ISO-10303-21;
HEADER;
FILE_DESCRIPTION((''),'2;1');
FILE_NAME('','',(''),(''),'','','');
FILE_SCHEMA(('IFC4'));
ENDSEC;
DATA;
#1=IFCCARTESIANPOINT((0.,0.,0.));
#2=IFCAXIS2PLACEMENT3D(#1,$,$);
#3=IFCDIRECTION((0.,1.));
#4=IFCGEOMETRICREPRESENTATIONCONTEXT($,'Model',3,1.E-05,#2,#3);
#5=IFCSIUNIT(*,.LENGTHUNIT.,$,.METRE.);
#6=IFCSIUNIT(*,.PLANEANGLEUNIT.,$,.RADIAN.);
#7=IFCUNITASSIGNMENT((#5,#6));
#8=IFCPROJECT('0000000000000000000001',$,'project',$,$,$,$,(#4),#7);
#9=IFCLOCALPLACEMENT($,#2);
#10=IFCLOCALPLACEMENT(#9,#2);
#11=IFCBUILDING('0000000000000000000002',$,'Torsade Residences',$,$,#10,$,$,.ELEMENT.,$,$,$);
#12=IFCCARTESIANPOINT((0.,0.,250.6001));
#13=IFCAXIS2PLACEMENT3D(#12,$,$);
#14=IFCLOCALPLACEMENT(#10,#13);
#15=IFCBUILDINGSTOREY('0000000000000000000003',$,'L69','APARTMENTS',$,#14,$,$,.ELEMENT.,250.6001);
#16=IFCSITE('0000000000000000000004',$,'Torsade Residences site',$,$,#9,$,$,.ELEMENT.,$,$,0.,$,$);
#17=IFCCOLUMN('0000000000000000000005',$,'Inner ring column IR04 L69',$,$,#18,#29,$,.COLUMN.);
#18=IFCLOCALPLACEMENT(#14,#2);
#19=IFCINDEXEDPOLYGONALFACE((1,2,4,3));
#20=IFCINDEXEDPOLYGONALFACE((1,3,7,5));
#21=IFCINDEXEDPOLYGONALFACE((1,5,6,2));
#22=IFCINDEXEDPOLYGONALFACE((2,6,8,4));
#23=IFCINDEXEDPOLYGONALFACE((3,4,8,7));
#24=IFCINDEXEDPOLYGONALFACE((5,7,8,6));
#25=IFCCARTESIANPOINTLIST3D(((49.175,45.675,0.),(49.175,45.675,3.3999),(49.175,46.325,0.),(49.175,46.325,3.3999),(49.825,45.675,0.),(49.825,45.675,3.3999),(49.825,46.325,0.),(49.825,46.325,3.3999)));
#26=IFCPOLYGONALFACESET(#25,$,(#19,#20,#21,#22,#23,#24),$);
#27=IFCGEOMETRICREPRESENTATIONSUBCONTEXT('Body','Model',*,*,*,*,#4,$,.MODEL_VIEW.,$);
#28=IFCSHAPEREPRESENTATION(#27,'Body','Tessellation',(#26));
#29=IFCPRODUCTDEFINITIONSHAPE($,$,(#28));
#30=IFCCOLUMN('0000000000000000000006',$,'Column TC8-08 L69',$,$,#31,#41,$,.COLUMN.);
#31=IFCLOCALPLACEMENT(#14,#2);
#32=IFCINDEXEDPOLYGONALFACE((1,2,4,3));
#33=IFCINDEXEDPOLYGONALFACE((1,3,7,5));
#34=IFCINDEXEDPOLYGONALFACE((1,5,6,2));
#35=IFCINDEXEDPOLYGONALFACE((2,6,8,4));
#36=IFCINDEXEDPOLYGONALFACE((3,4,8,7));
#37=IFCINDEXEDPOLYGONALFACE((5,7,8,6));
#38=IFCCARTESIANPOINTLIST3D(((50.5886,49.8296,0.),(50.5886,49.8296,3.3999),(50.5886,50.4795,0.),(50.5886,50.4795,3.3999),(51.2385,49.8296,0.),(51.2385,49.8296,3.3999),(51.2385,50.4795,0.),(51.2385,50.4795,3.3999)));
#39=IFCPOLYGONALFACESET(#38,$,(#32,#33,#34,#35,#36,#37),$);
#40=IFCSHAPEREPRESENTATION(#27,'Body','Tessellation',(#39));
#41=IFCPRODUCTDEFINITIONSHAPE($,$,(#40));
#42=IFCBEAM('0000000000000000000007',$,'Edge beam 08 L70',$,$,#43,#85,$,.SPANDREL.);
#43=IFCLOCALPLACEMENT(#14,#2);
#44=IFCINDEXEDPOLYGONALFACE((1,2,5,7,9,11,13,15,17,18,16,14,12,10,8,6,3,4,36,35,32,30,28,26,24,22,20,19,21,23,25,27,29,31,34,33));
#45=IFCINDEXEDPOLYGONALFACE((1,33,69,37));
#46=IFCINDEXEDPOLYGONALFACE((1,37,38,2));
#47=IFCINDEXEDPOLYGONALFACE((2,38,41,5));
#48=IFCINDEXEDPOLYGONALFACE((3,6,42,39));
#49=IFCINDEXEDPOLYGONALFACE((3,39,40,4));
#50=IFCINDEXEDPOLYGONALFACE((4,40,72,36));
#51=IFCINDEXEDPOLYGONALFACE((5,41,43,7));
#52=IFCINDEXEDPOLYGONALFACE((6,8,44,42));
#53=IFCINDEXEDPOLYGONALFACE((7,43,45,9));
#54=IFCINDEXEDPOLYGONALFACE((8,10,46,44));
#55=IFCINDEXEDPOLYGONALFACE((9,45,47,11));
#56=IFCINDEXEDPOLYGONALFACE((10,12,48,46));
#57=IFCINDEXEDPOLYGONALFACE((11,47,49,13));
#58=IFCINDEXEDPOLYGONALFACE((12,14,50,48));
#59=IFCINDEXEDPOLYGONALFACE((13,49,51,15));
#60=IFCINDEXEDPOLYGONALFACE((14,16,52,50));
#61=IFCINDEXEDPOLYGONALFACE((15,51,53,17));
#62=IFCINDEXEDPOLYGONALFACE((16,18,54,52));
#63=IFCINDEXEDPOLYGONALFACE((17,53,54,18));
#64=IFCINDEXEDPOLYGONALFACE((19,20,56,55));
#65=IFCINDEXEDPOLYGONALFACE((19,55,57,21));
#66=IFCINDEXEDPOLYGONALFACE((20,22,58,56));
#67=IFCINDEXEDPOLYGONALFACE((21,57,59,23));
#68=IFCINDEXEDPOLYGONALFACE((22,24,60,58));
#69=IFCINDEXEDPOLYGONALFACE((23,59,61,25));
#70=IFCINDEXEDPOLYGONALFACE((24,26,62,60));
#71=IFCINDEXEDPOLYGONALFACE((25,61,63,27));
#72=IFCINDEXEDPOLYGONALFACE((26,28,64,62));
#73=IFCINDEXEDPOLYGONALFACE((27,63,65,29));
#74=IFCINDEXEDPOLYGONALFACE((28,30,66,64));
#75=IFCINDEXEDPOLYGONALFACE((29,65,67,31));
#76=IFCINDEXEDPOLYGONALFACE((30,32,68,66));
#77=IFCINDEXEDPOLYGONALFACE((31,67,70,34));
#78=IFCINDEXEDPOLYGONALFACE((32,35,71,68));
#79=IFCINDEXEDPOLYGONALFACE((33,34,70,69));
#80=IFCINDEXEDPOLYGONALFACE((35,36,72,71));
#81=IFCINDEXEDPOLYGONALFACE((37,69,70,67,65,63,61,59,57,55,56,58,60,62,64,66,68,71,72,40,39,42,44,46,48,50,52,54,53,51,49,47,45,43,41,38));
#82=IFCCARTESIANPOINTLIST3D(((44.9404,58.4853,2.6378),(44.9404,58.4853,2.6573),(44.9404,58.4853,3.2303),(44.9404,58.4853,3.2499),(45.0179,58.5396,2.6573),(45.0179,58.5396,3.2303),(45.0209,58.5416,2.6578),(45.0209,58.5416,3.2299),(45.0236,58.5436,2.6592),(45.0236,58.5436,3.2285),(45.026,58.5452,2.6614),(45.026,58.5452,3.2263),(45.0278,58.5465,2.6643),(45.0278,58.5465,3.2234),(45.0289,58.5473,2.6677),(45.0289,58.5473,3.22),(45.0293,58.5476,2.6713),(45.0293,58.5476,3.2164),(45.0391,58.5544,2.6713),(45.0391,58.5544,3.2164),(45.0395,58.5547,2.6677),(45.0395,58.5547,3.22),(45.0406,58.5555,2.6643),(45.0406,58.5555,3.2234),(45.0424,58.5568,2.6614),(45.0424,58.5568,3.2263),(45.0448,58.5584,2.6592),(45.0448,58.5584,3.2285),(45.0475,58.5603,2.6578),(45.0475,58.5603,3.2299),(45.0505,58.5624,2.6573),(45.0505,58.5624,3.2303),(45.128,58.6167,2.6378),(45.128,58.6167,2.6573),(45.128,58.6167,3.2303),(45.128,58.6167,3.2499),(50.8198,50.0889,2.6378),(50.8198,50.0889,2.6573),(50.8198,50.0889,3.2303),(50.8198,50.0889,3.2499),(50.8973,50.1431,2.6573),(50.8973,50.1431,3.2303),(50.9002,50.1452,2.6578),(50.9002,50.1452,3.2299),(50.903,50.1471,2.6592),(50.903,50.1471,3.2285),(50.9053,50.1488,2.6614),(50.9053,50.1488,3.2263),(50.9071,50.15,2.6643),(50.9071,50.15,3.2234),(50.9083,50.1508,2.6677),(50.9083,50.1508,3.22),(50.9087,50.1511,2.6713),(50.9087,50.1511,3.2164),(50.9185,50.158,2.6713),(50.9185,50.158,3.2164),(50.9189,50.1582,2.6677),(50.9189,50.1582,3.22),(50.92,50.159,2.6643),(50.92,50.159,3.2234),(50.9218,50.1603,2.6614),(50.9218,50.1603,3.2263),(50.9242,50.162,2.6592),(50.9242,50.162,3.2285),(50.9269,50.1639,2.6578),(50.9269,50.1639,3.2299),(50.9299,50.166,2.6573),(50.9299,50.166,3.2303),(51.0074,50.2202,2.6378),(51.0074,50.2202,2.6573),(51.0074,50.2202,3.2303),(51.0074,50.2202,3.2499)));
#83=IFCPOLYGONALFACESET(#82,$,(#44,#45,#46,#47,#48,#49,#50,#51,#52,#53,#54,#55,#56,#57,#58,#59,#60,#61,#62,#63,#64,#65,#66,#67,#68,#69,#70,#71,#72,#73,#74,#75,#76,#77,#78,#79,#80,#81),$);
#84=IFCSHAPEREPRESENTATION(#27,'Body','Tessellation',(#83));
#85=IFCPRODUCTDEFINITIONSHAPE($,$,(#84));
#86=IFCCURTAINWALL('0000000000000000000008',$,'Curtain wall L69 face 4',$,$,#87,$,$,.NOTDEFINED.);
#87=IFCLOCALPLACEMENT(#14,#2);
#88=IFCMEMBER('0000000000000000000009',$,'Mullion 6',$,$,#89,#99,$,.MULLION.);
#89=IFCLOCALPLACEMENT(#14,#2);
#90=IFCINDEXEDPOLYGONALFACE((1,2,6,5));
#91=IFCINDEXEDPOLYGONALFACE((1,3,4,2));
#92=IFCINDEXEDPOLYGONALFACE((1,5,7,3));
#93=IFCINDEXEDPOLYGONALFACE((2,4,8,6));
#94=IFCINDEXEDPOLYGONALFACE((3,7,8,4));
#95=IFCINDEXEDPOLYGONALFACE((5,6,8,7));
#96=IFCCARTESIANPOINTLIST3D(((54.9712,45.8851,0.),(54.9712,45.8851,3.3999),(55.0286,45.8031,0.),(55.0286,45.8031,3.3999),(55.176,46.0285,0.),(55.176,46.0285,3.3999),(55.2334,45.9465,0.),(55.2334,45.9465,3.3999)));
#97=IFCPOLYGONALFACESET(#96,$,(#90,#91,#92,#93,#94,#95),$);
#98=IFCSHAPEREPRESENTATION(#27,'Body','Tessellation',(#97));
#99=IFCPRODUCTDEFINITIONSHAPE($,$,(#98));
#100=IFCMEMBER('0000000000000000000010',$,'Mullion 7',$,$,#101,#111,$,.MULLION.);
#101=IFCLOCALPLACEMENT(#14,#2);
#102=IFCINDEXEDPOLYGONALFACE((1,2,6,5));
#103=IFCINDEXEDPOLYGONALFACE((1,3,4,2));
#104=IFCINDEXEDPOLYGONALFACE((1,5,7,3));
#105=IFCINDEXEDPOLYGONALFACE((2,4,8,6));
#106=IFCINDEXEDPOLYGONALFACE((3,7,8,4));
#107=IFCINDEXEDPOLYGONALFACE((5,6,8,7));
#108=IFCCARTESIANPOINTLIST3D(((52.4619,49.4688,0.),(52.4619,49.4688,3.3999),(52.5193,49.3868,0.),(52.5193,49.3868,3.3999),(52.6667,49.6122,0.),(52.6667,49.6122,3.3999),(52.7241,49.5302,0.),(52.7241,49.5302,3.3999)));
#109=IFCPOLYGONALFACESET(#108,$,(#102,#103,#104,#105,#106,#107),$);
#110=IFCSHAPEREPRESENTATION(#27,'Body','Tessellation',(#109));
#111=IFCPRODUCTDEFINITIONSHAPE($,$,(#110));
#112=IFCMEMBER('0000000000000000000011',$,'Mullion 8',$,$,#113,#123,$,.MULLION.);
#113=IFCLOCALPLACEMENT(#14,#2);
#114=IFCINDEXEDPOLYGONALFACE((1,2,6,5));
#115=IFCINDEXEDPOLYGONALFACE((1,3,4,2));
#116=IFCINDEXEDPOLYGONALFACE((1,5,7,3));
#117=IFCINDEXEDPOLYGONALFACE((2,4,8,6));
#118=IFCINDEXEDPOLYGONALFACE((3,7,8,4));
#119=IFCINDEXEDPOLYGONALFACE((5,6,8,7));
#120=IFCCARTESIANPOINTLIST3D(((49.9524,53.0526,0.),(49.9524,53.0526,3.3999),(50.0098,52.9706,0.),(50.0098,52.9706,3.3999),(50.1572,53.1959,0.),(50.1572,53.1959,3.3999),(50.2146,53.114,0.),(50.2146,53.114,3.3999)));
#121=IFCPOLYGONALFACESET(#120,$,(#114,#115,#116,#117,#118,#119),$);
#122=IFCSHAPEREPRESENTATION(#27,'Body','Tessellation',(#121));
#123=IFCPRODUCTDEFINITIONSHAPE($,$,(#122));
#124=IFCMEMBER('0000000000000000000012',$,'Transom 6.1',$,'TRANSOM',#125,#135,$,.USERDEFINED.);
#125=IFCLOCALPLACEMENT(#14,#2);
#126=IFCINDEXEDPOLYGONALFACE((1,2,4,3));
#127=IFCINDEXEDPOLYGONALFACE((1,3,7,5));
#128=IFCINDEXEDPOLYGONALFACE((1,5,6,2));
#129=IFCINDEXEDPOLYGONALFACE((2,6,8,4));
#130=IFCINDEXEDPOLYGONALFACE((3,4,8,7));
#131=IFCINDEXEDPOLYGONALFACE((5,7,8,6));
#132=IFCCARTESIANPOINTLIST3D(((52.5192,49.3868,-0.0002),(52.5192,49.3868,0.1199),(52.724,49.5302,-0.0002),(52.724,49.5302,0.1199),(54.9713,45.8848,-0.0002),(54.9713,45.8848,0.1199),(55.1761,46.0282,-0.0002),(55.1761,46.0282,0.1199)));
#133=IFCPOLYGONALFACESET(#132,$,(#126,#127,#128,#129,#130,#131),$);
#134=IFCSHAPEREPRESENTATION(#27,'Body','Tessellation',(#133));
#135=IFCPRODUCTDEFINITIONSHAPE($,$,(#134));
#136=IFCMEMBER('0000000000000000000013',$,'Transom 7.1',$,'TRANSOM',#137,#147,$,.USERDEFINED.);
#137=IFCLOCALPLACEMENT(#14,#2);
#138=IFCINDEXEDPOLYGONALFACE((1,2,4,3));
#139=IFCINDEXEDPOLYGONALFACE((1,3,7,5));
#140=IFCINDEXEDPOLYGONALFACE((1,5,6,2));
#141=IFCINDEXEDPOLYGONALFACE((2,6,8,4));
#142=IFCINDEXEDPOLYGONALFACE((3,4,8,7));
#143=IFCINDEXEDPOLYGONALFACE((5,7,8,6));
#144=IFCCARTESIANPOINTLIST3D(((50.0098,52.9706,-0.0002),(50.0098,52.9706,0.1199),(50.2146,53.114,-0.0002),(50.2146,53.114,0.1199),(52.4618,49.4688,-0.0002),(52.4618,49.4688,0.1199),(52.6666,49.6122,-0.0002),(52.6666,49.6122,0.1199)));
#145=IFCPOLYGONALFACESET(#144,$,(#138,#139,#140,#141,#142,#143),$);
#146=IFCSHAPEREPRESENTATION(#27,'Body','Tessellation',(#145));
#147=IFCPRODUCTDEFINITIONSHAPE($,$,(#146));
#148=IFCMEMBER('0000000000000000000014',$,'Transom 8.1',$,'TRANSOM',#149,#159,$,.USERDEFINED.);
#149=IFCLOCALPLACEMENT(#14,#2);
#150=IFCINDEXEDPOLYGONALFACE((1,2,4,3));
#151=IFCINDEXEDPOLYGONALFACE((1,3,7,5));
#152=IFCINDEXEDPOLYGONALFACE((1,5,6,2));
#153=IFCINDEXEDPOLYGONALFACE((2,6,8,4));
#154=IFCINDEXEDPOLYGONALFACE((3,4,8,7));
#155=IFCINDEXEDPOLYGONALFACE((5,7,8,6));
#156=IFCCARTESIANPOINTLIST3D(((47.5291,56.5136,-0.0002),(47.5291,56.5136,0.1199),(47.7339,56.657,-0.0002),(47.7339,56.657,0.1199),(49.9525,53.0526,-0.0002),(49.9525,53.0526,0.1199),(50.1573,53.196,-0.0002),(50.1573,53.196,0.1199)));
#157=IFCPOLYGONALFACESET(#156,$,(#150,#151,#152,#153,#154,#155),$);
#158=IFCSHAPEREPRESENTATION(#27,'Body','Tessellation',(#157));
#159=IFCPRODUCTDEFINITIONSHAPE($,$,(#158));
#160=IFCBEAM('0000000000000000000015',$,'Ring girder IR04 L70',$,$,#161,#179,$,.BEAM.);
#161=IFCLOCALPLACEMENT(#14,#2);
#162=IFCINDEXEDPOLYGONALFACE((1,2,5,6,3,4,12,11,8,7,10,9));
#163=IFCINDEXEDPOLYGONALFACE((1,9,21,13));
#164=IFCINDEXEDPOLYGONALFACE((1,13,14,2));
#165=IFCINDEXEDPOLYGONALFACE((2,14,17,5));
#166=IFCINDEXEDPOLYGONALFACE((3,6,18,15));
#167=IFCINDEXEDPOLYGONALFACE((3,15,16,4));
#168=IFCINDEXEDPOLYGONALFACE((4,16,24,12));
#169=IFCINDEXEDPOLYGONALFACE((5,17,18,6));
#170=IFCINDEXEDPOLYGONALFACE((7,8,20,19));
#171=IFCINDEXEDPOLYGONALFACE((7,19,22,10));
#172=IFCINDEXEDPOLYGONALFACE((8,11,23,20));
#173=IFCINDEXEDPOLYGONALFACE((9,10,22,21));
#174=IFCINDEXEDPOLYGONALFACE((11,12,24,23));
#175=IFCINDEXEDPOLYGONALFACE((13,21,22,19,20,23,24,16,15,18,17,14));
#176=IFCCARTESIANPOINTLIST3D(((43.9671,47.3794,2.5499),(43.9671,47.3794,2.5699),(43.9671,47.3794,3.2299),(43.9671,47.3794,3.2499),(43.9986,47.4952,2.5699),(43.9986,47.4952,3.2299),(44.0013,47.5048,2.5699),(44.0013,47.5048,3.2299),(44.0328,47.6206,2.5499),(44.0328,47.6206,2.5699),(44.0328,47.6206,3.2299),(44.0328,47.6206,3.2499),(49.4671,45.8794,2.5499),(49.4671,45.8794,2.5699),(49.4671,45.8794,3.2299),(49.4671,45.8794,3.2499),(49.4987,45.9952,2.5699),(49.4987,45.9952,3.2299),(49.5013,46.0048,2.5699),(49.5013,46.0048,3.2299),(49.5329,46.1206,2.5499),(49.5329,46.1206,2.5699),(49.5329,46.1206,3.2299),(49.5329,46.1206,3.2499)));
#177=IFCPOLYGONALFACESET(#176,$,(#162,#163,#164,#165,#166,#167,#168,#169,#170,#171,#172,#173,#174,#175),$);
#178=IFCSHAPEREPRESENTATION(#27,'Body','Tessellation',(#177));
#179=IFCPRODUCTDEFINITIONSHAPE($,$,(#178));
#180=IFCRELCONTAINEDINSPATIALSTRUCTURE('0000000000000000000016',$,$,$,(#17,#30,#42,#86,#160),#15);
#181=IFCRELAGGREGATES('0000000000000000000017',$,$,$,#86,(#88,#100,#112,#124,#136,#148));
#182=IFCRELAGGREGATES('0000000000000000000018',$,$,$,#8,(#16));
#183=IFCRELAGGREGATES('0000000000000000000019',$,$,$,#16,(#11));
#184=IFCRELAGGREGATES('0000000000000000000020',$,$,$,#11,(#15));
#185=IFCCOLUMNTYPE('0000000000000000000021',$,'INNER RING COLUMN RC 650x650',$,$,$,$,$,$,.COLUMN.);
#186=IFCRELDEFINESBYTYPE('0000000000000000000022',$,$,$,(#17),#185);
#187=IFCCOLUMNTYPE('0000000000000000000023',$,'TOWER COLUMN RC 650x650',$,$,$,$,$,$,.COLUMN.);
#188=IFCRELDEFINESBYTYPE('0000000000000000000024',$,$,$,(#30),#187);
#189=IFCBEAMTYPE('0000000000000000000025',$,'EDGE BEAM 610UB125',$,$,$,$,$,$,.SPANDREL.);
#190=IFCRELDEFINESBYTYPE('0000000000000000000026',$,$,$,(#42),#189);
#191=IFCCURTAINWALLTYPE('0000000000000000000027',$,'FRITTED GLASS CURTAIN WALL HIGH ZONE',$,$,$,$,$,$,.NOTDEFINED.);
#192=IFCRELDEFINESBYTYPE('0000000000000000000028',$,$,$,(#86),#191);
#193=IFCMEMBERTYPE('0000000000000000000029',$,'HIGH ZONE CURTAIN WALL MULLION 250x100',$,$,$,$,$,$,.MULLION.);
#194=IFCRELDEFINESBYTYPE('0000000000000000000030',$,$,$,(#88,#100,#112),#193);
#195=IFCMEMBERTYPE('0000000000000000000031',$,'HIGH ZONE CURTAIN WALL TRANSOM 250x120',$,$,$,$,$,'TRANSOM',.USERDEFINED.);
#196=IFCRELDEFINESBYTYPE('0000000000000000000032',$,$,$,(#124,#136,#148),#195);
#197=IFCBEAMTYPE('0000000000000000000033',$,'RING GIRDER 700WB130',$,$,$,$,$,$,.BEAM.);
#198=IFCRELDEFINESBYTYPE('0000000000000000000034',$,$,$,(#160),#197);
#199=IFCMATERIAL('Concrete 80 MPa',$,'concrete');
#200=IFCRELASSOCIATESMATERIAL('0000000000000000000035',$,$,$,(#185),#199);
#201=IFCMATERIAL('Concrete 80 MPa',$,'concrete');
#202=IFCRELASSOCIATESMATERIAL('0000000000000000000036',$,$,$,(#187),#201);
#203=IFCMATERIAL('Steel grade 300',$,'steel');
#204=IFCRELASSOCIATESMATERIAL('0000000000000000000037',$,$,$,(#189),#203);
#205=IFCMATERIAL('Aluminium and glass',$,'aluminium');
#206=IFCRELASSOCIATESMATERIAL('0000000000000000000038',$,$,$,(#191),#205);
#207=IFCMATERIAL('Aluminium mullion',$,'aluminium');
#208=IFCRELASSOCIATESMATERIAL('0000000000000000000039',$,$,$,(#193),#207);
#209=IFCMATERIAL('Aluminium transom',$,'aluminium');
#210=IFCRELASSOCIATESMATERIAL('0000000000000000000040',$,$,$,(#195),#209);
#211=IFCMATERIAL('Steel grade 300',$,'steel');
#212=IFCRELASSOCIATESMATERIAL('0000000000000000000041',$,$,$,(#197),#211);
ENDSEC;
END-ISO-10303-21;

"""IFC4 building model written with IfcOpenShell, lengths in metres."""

from ifc_helpers import new_model, si_unit, direction, frame, origin, origin_2d, place, context, subcontext, project, spatial, rectangle, i_section, extrude, material, material_profile, profile_set, type_object, element, aggregate, save


model = new_model("IFC4")

# Units and contexts
model_context = context("Model", 3, precision=1e-05, world=origin(), true_north=direction((0.0, 1.0)))
body_context = subcontext(model_context, "Body", "Model", "MODEL_VIEW")
ifc_project = project(units=[si_unit("LENGTHUNIT", "METRE"), si_unit("PLANEANGLEUNIT", "RADIAN")], contexts=[model_context])

# Site, building, storey
site_placement = place(None, origin())
site = spatial("IfcSite", under=ifc_project, at=site_placement, Name="Torsade Residences site", CompositionType="ELEMENT", RefElevation=0.0)
building_placement = place(site_placement, origin())
building = spatial("IfcBuilding", under=site, at=building_placement, Name="Torsade Residences", CompositionType="ELEMENT")
storey_placement = place(building_placement, frame((0.0, 0.0, 250.6001)))
storey = spatial("IfcBuildingStorey", under=building, at=storey_placement, Name="L69", Description="APARTMENTS", CompositionType="ELEMENT", Elevation=250.6001)

# Columns
ifc_material_1 = material(Name="Concrete 80 MPa", Category="concrete")
ifc_material_profile_1 = material_profile(ifc_material_1, rectangle(XDim=0.6499, YDim=0.6499, at=origin_2d()), Name="RC 650x650")
ifc_profile_set_1 = profile_set([ifc_material_profile_1], Name="Concrete 80 MPa")
column_type_1 = type_object("IfcColumnType", Name="INNER RING COLUMN RC 650x650", PredefinedType="COLUMN", material=ifc_profile_set_1)
column_1_placement = place(storey_placement, frame((49.5, 46.0, 0.0), z_axis=(0.0, 0.0, 1.0), x_axis=(1.0, 0.0, 0.0)))
element("IfcColumn", 1, at=column_1_placement, inside=storey, type_object=column_type_1, Name="Inner ring column IR04 L69", PredefinedType="COLUMN", context=body_context, shape_type="SweptSolid", body=[
    extrude(rectangle(XDim=0.6499, YDim=0.6499, at=origin_2d()), origin(), (0.0, 0.0, 1.0), 3.3999),
])
ifc_material_2 = material(Name="Concrete 80 MPa", Category="concrete")
ifc_material_profile_2 = material_profile(ifc_material_2, rectangle(XDim=0.6499, YDim=0.6499, at=origin_2d()), Name="RC 650x650")
ifc_profile_set_2 = profile_set([ifc_material_profile_2], Name="Concrete 80 MPa")
column_type_2 = type_object("IfcColumnType", Name="TOWER COLUMN RC 650x650", PredefinedType="COLUMN", material=ifc_profile_set_2)
column_2_placement = place(storey_placement, frame((50.9136, 50.1545, 0.0), z_axis=(0.0, 0.0, 1.0), x_axis=(1.0, 0.0, 0.0)))
element("IfcColumn", 2, at=column_2_placement, inside=storey, type_object=column_type_2, Name="Column TC8-08 L69", PredefinedType="COLUMN", context=body_context, shape_type="SweptSolid", body=[
    extrude(rectangle(XDim=0.6499, YDim=0.6499, at=origin_2d()), origin(), (0.0, 0.0, 1.0), 3.3999),
])

# Beam
ifc_material_3 = material(Name="Steel grade 300", Category="steel")
ifc_material_profile_3 = material_profile(ifc_material_3, i_section(OverallWidth=0.229, OverallDepth=0.6121, WebThickness=0.012, FlangeThickness=0.0195, FilletRadius=0.0139, at=origin_2d()), Name="610UB125")
ifc_profile_set_3 = profile_set([ifc_material_profile_3], Name="Steel grade 300")
beam_type_1 = type_object("IfcBeamType", Name="EDGE BEAM 610UB125", PredefinedType="SPANDREL", material=ifc_profile_set_3)
beam_1_placement = place(storey_placement, frame((50.9136, 50.1545, 2.9438), z_axis=(-0.573584, 0.819147, 0.0), x_axis=(-0.819147, -0.573584, 0.0)))
element("IfcBeam", 3, at=beam_1_placement, inside=storey, type_object=beam_type_1, Name="Edge beam 08 L70", PredefinedType="SPANDREL", context=body_context, shape_type="SweptSolid", body=[
    extrude(i_section(OverallWidth=0.229, OverallDepth=0.6121, WebThickness=0.012, FlangeThickness=0.0195, FilletRadius=0.0139, at=origin_2d()), origin(), (0.0, 0.0, 1.0), 10.2502),
])

# Curtain wall, members
ifc_material_4 = material(Name="Aluminium and glass", Category="aluminium")
curtain_wall_type = type_object("IfcCurtainWallType", Name="FRITTED GLASS CURTAIN WALL HIGH ZONE", PredefinedType="NOTDEFINED", material=ifc_material_4)
curtain_wall_placement = place(storey_placement, origin())
curtain_wall = element("IfcCurtainWall", 4, at=curtain_wall_placement, inside=storey, type_object=curtain_wall_type, Name="Curtain wall L69 face 4", PredefinedType="NOTDEFINED")
ifc_material_5 = material(Name="Aluminium mullion", Category="aluminium")
ifc_material_profile_4 = material_profile(ifc_material_5, rectangle(XDim=0.25, YDim=0.1001, at=origin_2d()), Name="HIGH ZONE CURTAIN WALL MULLION 250x100")
ifc_profile_set_4 = profile_set([ifc_material_profile_4], Name="Aluminium mullion")
member_type_1 = type_object("IfcMemberType", Name="HIGH ZONE CURTAIN WALL MULLION 250x100", PredefinedType="MULLION", material=ifc_profile_set_4)
member_1_placement = place(storey_placement, frame((55.1023, 45.9158, 0.0), z_axis=(0.0, 0.0, 1.0), x_axis=(-0.819152, -0.573576, 0.0)))
member_1 = element("IfcMember", 5, at=member_1_placement, type_object=member_type_1, Name="Mullion 6", PredefinedType="MULLION", context=body_context, shape_type="SweptSolid", body=[
    extrude(rectangle(XDim=0.25, YDim=0.1001, at=origin_2d()), origin(), (0.0, 0.0, 1.0), 3.3999),
])
member_2_placement = place(storey_placement, frame((52.593, 49.4995, 0.0), z_axis=(0.0, 0.0, 1.0), x_axis=(-0.819152, -0.573576, 0.0)))
member_2 = element("IfcMember", 6, at=member_2_placement, type_object=member_type_1, Name="Mullion 7", PredefinedType="MULLION", context=body_context, shape_type="SweptSolid", body=[
    extrude(rectangle(XDim=0.25, YDim=0.1001, at=origin_2d()), origin(), (0.0, 0.0, 1.0), 3.3999),
])
member_3_placement = place(storey_placement, frame((50.0835, 53.0833, 0.0), z_axis=(0.0, 0.0, 1.0), x_axis=(-0.819152, -0.573576, 0.0)))
member_3 = element("IfcMember", 7, at=member_3_placement, type_object=member_type_1, Name="Mullion 8", PredefinedType="MULLION", context=body_context, shape_type="SweptSolid", body=[
    extrude(rectangle(XDim=0.25, YDim=0.1001, at=origin_2d()), origin(), (0.0, 0.0, 1.0), 3.3999),
])
ifc_material_6 = material(Name="Aluminium transom", Category="aluminium")
ifc_material_profile_5 = material_profile(ifc_material_6, rectangle(XDim=0.25, YDim=0.1201, at=origin_2d()), Name="HIGH ZONE CURTAIN WALL TRANSOM 250x120")
ifc_profile_set_5 = profile_set([ifc_material_profile_5], Name="Aluminium transom")
member_type_2 = type_object("IfcMemberType", Name="HIGH ZONE CURTAIN WALL TRANSOM 250x120", ElementType="TRANSOM", PredefinedType="USERDEFINED", material=ifc_profile_set_5)
member_4_placement = place(storey_placement, frame((55.0737, 45.9565, 0.0598), z_axis=(-0.573585, 0.819146, 0.0), x_axis=(-0.819146, -0.573585, 0.0)))
member_4 = element("IfcMember", 8, at=member_4_placement, type_object=member_type_2, Name="Transom 6.1", ObjectType="TRANSOM", PredefinedType="USERDEFINED", context=body_context, shape_type="SweptSolid", body=[
    extrude(rectangle(XDim=0.25, YDim=0.1201, at=origin_2d()), origin(), (0.0, 0.0, 1.0), 4.2751),
])
member_5_placement = place(storey_placement, frame((52.5642, 49.5405, 0.0598), z_axis=(-0.573573, 0.819154, 0.0), x_axis=(-0.819154, -0.573573, 0.0)))
member_5 = element("IfcMember", 9, at=member_5_placement, type_object=member_type_2, Name="Transom 7.1", ObjectType="TRANSOM", PredefinedType="USERDEFINED", context=body_context, shape_type="SweptSolid", body=[
    extrude(rectangle(XDim=0.25, YDim=0.1201, at=origin_2d()), origin(), (0.0, 0.0, 1.0), 4.2749),
])
member_6_placement = place(storey_placement, frame((50.0549, 53.1243, 0.0598), z_axis=(-0.573571, 0.819156, 0.0), x_axis=(-0.819156, -0.573571, 0.0)))
member_6 = element("IfcMember", 10, at=member_6_placement, type_object=member_type_2, Name="Transom 8.1", ObjectType="TRANSOM", PredefinedType="USERDEFINED", context=body_context, shape_type="SweptSolid", body=[
    extrude(rectangle(XDim=0.25, YDim=0.1201, at=origin_2d()), origin(), (0.0, 0.0, 1.0), 4.2251),
])

# Beam
ifc_material_7 = material(Name="Steel grade 300", Category="steel")
ifc_material_profile_6 = material_profile(ifc_material_7, i_section(OverallWidth=0.25, OverallDepth=0.7, WebThickness=0.01, FlangeThickness=0.02, at=origin_2d()), Name="700WB130")
ifc_profile_set_6 = profile_set([ifc_material_profile_6], Name="Steel grade 300")
beam_type_2 = type_object("IfcBeamType", Name="RING GIRDER 700WB130", PredefinedType="BEAM", material=ifc_profile_set_6)
beam_2_placement = place(storey_placement, frame((49.5, 46.0, 2.8999), z_axis=(-0.964764, 0.263117, 0.0), x_axis=(-0.263117, -0.964764, 0.0)))
element("IfcBeam", 11, at=beam_2_placement, inside=storey, type_object=beam_type_2, Name="Ring girder IR04 L70", PredefinedType="BEAM", context=body_context, shape_type="SweptSolid", body=[
    extrude(i_section(OverallWidth=0.25, OverallDepth=0.7, WebThickness=0.01, FlangeThickness=0.02, at=origin_2d()), origin(), (0.0, 0.0, 1.0), 5.7009),
])

aggregate(curtain_wall, [member_1, member_2, member_3, member_4, member_5, member_6])

save(model, "model.ifc")
